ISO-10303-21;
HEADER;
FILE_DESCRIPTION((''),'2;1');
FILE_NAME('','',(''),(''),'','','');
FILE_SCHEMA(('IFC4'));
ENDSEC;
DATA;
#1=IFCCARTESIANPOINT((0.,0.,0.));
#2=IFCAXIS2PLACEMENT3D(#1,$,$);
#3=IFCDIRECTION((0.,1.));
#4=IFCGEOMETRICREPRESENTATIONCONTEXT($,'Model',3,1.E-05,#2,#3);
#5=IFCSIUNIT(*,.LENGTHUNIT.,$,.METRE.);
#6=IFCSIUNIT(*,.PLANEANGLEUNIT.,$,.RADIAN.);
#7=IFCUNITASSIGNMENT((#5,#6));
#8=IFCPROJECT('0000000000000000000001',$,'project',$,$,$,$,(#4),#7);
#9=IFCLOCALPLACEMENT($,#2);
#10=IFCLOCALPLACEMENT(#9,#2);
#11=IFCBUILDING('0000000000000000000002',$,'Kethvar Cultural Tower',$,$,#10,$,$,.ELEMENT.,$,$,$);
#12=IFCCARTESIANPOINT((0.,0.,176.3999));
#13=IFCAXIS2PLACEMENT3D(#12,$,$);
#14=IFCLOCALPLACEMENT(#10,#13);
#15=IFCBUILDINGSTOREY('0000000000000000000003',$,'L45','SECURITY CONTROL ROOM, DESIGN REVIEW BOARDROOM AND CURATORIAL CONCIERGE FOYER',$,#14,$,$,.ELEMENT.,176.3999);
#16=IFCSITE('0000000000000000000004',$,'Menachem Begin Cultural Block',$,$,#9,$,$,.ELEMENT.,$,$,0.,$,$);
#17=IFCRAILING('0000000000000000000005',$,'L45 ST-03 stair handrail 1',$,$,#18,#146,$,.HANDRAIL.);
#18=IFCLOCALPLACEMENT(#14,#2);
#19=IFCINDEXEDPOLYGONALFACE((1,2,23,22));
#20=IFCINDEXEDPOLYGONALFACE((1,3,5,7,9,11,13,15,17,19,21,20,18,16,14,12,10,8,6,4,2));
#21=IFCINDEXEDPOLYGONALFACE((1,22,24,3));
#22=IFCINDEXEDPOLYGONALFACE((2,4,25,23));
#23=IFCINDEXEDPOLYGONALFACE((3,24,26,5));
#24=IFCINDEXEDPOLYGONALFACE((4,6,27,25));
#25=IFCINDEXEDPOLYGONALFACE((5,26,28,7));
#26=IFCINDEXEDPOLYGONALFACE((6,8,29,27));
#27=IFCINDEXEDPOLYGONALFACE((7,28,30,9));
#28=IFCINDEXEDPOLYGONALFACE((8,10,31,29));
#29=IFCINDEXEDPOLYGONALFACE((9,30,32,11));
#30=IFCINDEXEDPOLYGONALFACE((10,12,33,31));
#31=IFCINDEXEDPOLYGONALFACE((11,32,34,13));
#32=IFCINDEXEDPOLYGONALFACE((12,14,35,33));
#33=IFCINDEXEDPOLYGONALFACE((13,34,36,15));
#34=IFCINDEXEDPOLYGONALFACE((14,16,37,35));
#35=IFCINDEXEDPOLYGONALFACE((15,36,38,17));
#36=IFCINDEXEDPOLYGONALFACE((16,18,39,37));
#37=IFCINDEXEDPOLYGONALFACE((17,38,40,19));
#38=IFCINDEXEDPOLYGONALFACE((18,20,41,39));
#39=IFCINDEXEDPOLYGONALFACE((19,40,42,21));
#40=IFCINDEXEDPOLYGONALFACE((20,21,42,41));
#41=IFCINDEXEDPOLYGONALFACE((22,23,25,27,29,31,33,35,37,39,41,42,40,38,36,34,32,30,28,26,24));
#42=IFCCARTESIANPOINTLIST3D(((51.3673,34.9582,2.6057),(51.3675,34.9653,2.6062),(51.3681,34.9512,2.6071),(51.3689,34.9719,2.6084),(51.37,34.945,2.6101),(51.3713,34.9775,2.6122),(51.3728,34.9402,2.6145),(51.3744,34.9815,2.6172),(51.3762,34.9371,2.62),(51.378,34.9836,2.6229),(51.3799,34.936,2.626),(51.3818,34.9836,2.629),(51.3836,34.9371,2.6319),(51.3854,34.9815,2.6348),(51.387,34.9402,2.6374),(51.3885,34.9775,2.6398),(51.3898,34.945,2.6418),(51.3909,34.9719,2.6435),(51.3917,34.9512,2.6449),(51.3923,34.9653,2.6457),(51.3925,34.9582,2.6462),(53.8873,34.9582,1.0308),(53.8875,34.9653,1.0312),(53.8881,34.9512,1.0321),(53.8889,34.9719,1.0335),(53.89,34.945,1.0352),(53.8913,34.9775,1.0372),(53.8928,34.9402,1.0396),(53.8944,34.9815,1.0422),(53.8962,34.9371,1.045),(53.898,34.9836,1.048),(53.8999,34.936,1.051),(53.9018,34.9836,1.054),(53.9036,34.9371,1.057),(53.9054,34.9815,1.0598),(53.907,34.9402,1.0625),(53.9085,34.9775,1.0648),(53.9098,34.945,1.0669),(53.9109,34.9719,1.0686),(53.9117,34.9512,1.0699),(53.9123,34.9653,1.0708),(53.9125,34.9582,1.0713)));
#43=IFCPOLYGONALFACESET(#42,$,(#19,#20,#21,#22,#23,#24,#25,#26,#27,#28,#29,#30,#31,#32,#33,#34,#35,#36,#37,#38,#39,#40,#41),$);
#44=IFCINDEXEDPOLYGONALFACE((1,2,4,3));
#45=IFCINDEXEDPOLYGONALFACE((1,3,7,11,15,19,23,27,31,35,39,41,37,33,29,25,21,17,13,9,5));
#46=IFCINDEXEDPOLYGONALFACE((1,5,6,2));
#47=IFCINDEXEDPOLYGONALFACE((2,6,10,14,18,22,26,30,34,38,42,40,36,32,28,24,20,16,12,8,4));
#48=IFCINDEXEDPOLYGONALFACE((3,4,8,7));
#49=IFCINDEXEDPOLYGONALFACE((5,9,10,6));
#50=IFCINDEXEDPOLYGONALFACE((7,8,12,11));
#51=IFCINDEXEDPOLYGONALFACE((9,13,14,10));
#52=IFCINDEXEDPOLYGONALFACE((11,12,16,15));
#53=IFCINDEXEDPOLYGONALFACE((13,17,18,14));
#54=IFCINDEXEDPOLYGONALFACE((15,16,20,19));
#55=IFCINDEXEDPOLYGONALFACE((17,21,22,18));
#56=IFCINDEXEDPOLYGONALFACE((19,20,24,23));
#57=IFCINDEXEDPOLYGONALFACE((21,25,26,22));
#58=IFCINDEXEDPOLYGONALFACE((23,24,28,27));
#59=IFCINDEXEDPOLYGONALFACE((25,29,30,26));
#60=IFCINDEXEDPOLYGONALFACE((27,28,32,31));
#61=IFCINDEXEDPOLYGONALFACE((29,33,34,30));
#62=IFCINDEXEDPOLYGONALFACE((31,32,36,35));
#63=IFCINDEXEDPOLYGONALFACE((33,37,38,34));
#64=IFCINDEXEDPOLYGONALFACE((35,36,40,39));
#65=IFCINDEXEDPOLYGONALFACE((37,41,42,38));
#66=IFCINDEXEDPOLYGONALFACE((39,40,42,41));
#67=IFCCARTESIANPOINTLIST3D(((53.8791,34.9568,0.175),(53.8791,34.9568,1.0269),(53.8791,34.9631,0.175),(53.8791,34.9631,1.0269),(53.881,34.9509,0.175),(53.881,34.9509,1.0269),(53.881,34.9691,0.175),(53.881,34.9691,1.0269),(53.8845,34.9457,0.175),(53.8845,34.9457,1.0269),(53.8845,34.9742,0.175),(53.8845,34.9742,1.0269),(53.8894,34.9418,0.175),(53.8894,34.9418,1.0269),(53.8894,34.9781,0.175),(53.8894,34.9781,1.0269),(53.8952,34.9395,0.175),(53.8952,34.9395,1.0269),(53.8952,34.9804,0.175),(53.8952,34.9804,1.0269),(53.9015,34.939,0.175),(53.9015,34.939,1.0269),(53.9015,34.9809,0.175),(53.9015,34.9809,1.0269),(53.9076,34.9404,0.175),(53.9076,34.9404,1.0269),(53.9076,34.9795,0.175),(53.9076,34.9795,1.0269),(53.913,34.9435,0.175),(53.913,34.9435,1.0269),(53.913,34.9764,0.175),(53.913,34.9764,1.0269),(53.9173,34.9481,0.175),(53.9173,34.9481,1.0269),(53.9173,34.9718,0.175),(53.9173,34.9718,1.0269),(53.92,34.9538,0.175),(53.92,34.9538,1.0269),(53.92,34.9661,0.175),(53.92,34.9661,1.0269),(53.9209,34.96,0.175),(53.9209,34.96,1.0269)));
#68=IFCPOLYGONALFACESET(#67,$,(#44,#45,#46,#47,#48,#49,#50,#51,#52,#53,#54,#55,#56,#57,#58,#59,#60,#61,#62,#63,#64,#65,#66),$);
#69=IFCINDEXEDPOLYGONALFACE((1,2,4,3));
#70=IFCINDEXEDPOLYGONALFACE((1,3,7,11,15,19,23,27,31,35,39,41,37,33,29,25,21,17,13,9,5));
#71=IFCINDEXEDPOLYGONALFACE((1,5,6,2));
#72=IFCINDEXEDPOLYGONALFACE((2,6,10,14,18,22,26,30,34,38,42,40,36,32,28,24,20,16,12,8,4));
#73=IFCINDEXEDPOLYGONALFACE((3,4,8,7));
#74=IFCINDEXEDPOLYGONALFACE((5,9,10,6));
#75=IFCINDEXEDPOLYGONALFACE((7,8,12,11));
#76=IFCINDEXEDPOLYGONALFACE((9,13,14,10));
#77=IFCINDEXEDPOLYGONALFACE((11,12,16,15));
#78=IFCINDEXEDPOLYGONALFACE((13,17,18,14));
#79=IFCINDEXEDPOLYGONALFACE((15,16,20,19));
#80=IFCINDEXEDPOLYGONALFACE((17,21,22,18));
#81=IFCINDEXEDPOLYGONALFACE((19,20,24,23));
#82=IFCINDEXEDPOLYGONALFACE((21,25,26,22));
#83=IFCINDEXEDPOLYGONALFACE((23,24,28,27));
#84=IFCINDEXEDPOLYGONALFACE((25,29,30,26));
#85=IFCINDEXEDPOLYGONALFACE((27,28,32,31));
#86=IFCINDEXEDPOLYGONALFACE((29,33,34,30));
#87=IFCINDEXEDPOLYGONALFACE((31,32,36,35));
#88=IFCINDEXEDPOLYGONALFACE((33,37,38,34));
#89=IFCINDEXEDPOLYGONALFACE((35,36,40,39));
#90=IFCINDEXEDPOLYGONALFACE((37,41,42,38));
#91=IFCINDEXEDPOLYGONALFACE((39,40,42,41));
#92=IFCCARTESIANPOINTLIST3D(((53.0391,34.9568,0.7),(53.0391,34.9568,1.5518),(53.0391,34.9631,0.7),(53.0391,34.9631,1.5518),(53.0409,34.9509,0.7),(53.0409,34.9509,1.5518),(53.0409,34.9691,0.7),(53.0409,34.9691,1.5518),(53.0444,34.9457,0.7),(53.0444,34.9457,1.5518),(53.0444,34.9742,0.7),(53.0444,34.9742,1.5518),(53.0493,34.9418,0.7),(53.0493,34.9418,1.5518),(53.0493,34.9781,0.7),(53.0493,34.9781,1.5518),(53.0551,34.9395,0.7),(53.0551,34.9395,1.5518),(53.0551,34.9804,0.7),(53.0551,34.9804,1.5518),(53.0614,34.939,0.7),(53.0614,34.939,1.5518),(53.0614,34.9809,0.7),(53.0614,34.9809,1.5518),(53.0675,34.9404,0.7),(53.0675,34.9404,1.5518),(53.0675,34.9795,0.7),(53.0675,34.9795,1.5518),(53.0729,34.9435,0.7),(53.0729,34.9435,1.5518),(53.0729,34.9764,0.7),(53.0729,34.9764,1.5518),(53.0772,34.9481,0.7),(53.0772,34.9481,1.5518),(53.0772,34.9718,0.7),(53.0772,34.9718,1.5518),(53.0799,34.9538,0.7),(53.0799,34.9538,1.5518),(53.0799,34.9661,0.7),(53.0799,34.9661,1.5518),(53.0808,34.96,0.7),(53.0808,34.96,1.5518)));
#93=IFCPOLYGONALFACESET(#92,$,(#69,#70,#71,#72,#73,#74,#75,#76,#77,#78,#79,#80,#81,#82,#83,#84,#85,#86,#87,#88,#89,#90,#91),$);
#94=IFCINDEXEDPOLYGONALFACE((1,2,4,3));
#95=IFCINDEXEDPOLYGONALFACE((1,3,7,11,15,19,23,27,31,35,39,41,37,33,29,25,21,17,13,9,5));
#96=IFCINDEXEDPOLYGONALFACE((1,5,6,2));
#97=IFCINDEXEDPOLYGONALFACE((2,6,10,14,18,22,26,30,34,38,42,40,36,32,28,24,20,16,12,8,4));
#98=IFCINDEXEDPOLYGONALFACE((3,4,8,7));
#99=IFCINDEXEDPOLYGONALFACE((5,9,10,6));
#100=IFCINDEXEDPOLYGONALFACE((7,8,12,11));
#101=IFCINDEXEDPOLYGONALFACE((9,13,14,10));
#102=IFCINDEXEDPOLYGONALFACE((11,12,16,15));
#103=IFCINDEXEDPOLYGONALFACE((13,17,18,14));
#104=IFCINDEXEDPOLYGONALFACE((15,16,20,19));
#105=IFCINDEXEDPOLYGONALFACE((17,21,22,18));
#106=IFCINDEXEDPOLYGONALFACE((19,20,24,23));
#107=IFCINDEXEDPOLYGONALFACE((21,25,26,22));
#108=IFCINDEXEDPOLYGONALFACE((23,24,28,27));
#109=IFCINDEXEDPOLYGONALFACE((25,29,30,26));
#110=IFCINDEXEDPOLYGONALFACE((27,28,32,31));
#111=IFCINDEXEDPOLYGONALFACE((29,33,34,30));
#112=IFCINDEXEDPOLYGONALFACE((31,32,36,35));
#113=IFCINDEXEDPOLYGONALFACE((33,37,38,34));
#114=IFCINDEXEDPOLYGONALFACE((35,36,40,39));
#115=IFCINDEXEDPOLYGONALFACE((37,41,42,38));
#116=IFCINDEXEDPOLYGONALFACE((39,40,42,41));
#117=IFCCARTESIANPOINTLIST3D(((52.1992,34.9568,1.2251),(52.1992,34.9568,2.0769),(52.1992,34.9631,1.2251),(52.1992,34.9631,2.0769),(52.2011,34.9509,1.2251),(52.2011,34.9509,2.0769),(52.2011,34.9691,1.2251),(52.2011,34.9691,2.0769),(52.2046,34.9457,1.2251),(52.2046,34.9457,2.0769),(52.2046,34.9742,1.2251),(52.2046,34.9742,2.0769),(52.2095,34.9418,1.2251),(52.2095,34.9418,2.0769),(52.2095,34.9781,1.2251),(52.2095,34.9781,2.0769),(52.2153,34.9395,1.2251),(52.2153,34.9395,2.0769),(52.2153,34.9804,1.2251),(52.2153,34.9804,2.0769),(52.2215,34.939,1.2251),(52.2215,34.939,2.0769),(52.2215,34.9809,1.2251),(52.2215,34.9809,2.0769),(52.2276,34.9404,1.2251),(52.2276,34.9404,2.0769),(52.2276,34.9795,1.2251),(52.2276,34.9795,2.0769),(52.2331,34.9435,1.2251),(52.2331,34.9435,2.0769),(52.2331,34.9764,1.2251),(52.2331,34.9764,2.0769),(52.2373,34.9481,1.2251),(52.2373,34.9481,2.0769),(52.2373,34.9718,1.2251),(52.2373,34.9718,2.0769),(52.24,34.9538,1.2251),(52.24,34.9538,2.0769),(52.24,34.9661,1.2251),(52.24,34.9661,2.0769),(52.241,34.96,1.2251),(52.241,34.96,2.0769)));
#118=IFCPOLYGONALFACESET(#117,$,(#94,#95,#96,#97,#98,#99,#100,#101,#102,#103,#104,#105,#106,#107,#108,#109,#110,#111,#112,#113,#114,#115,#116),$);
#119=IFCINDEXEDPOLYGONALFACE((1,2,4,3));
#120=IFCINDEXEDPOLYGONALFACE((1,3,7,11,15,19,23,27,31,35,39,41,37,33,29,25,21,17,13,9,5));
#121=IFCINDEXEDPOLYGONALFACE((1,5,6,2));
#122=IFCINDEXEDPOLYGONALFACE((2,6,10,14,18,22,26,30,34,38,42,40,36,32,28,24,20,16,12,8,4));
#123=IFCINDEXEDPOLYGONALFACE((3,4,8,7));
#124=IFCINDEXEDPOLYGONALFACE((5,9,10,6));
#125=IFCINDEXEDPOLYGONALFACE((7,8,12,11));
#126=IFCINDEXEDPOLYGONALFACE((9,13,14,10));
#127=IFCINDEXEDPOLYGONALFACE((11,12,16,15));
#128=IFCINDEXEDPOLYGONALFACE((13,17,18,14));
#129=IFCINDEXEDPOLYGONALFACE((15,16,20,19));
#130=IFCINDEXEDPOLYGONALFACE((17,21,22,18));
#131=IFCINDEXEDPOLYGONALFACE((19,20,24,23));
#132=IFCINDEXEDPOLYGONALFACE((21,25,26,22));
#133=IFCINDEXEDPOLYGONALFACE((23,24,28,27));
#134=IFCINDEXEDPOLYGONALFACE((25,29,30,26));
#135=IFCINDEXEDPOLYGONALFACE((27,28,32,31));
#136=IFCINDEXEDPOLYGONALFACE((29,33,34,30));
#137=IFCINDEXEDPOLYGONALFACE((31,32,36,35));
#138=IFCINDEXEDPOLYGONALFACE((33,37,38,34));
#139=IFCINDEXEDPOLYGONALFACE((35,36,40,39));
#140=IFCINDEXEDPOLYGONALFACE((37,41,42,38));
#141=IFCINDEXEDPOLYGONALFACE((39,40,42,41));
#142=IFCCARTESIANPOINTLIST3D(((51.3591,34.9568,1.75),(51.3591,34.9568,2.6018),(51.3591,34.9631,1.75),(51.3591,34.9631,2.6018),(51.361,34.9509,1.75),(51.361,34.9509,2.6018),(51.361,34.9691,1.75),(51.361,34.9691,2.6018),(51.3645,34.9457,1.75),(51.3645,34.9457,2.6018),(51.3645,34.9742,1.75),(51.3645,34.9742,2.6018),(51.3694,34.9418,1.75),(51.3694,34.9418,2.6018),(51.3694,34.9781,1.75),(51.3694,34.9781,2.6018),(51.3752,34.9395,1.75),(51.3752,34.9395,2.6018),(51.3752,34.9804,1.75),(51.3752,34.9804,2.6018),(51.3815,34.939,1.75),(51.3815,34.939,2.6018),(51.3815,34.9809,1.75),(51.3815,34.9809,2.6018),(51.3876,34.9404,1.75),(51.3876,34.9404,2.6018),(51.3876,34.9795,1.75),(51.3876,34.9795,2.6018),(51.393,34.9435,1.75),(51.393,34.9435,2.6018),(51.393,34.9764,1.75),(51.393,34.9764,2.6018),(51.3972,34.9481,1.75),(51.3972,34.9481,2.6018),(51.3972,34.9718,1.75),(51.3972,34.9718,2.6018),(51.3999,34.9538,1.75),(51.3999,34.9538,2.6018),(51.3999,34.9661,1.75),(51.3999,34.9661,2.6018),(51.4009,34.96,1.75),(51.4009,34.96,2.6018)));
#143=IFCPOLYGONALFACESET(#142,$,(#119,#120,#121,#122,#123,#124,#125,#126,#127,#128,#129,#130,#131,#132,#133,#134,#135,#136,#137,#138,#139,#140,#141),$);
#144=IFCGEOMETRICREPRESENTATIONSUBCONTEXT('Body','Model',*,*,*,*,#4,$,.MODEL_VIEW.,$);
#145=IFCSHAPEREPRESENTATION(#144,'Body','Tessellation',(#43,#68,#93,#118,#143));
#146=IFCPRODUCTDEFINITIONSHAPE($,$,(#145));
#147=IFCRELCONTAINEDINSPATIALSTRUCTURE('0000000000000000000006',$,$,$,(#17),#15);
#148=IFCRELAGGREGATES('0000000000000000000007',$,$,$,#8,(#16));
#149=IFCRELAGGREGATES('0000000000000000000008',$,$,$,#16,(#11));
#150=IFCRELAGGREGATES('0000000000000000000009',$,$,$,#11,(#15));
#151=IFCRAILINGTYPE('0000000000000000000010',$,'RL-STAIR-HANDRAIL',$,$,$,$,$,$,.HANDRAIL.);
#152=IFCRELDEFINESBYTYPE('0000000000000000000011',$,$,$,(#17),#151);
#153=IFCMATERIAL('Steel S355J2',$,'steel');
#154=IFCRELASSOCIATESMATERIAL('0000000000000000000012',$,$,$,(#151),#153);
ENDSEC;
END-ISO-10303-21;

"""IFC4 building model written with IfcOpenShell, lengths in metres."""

from ifc_helpers import new_model, si_unit, direction, frame, origin, origin_2d, place, context, subcontext, project, spatial, circle, extrude, material, type_object, element, save


model = new_model("IFC4")

# Units and contexts
model_context = context("Model", 3, precision=1e-05, world=origin(), true_north=direction((0.0, 1.0)))
body_context = subcontext(model_context, "Body", "Model", "MODEL_VIEW")
ifc_project = project(units=[si_unit("LENGTHUNIT", "METRE"), si_unit("PLANEANGLEUNIT", "RADIAN")], contexts=[model_context])

# Site, building, storey
site_placement = place(None, origin())
site = spatial("IfcSite", under=ifc_project, at=site_placement, Name="Menachem Begin Cultural Block", CompositionType="ELEMENT", RefElevation=0.0)
building_placement = place(site_placement, origin())
building = spatial("IfcBuilding", under=site, at=building_placement, Name="Kethvar Cultural Tower", CompositionType="ELEMENT")
storey_placement = place(building_placement, frame((0.0, 0.0, 176.3999)))
storey = spatial("IfcBuildingStorey", under=building, at=storey_placement, Name="L45", Description="SECURITY CONTROL ROOM, DESIGN REVIEW BOARDROOM AND CURATORIAL CONCIERGE FOYER", CompositionType="ELEMENT", Elevation=176.3999)

# Shared definitions
ifc_material_1 = material(Name="Steel S355J2", Category="steel")

# Railing
railing_type_1 = type_object("IfcRailingType", Name="RL-STAIR-HANDRAIL", PredefinedType="HANDRAIL", material=ifc_material_1)
railing_1_placement = place(storey_placement, frame((53.8999, 34.96, 0.175)))
element("IfcRailing", 1, at=railing_1_placement, inside=storey, type_object=railing_type_1, Name="L45 ST-03 stair handrail 1", PredefinedType="HANDRAIL", context=body_context, shape_type="SweptSolid", body=[
    extrude(circle(Radius=0.0239, at=origin_2d()), frame((0.0, 0.0, 0.876), z_axis=(-0.848008, 0.0, 0.529984), x_axis=(0.0, -1.0, 0.0)), (0.0, 0.0, 1.0), 2.9717),
    extrude(circle(Radius=0.021, at=origin_2d()), origin(), (0.0, 0.0, 1.0), 0.8518),
    extrude(circle(Radius=0.021, at=origin_2d()), frame((-0.8401, 0.0, 0.5249)), (0.0, 0.0, 1.0), 0.8518),
    extrude(circle(Radius=0.021, at=origin_2d()), frame((-1.6799, 0.0, 1.05)), (0.0, 0.0, 1.0), 0.8518),
    extrude(circle(Radius=0.021, at=origin_2d()), frame((-2.52, 0.0, 1.575)), (0.0, 0.0, 1.0), 0.8518),
])

save(model, "model.ifc")
